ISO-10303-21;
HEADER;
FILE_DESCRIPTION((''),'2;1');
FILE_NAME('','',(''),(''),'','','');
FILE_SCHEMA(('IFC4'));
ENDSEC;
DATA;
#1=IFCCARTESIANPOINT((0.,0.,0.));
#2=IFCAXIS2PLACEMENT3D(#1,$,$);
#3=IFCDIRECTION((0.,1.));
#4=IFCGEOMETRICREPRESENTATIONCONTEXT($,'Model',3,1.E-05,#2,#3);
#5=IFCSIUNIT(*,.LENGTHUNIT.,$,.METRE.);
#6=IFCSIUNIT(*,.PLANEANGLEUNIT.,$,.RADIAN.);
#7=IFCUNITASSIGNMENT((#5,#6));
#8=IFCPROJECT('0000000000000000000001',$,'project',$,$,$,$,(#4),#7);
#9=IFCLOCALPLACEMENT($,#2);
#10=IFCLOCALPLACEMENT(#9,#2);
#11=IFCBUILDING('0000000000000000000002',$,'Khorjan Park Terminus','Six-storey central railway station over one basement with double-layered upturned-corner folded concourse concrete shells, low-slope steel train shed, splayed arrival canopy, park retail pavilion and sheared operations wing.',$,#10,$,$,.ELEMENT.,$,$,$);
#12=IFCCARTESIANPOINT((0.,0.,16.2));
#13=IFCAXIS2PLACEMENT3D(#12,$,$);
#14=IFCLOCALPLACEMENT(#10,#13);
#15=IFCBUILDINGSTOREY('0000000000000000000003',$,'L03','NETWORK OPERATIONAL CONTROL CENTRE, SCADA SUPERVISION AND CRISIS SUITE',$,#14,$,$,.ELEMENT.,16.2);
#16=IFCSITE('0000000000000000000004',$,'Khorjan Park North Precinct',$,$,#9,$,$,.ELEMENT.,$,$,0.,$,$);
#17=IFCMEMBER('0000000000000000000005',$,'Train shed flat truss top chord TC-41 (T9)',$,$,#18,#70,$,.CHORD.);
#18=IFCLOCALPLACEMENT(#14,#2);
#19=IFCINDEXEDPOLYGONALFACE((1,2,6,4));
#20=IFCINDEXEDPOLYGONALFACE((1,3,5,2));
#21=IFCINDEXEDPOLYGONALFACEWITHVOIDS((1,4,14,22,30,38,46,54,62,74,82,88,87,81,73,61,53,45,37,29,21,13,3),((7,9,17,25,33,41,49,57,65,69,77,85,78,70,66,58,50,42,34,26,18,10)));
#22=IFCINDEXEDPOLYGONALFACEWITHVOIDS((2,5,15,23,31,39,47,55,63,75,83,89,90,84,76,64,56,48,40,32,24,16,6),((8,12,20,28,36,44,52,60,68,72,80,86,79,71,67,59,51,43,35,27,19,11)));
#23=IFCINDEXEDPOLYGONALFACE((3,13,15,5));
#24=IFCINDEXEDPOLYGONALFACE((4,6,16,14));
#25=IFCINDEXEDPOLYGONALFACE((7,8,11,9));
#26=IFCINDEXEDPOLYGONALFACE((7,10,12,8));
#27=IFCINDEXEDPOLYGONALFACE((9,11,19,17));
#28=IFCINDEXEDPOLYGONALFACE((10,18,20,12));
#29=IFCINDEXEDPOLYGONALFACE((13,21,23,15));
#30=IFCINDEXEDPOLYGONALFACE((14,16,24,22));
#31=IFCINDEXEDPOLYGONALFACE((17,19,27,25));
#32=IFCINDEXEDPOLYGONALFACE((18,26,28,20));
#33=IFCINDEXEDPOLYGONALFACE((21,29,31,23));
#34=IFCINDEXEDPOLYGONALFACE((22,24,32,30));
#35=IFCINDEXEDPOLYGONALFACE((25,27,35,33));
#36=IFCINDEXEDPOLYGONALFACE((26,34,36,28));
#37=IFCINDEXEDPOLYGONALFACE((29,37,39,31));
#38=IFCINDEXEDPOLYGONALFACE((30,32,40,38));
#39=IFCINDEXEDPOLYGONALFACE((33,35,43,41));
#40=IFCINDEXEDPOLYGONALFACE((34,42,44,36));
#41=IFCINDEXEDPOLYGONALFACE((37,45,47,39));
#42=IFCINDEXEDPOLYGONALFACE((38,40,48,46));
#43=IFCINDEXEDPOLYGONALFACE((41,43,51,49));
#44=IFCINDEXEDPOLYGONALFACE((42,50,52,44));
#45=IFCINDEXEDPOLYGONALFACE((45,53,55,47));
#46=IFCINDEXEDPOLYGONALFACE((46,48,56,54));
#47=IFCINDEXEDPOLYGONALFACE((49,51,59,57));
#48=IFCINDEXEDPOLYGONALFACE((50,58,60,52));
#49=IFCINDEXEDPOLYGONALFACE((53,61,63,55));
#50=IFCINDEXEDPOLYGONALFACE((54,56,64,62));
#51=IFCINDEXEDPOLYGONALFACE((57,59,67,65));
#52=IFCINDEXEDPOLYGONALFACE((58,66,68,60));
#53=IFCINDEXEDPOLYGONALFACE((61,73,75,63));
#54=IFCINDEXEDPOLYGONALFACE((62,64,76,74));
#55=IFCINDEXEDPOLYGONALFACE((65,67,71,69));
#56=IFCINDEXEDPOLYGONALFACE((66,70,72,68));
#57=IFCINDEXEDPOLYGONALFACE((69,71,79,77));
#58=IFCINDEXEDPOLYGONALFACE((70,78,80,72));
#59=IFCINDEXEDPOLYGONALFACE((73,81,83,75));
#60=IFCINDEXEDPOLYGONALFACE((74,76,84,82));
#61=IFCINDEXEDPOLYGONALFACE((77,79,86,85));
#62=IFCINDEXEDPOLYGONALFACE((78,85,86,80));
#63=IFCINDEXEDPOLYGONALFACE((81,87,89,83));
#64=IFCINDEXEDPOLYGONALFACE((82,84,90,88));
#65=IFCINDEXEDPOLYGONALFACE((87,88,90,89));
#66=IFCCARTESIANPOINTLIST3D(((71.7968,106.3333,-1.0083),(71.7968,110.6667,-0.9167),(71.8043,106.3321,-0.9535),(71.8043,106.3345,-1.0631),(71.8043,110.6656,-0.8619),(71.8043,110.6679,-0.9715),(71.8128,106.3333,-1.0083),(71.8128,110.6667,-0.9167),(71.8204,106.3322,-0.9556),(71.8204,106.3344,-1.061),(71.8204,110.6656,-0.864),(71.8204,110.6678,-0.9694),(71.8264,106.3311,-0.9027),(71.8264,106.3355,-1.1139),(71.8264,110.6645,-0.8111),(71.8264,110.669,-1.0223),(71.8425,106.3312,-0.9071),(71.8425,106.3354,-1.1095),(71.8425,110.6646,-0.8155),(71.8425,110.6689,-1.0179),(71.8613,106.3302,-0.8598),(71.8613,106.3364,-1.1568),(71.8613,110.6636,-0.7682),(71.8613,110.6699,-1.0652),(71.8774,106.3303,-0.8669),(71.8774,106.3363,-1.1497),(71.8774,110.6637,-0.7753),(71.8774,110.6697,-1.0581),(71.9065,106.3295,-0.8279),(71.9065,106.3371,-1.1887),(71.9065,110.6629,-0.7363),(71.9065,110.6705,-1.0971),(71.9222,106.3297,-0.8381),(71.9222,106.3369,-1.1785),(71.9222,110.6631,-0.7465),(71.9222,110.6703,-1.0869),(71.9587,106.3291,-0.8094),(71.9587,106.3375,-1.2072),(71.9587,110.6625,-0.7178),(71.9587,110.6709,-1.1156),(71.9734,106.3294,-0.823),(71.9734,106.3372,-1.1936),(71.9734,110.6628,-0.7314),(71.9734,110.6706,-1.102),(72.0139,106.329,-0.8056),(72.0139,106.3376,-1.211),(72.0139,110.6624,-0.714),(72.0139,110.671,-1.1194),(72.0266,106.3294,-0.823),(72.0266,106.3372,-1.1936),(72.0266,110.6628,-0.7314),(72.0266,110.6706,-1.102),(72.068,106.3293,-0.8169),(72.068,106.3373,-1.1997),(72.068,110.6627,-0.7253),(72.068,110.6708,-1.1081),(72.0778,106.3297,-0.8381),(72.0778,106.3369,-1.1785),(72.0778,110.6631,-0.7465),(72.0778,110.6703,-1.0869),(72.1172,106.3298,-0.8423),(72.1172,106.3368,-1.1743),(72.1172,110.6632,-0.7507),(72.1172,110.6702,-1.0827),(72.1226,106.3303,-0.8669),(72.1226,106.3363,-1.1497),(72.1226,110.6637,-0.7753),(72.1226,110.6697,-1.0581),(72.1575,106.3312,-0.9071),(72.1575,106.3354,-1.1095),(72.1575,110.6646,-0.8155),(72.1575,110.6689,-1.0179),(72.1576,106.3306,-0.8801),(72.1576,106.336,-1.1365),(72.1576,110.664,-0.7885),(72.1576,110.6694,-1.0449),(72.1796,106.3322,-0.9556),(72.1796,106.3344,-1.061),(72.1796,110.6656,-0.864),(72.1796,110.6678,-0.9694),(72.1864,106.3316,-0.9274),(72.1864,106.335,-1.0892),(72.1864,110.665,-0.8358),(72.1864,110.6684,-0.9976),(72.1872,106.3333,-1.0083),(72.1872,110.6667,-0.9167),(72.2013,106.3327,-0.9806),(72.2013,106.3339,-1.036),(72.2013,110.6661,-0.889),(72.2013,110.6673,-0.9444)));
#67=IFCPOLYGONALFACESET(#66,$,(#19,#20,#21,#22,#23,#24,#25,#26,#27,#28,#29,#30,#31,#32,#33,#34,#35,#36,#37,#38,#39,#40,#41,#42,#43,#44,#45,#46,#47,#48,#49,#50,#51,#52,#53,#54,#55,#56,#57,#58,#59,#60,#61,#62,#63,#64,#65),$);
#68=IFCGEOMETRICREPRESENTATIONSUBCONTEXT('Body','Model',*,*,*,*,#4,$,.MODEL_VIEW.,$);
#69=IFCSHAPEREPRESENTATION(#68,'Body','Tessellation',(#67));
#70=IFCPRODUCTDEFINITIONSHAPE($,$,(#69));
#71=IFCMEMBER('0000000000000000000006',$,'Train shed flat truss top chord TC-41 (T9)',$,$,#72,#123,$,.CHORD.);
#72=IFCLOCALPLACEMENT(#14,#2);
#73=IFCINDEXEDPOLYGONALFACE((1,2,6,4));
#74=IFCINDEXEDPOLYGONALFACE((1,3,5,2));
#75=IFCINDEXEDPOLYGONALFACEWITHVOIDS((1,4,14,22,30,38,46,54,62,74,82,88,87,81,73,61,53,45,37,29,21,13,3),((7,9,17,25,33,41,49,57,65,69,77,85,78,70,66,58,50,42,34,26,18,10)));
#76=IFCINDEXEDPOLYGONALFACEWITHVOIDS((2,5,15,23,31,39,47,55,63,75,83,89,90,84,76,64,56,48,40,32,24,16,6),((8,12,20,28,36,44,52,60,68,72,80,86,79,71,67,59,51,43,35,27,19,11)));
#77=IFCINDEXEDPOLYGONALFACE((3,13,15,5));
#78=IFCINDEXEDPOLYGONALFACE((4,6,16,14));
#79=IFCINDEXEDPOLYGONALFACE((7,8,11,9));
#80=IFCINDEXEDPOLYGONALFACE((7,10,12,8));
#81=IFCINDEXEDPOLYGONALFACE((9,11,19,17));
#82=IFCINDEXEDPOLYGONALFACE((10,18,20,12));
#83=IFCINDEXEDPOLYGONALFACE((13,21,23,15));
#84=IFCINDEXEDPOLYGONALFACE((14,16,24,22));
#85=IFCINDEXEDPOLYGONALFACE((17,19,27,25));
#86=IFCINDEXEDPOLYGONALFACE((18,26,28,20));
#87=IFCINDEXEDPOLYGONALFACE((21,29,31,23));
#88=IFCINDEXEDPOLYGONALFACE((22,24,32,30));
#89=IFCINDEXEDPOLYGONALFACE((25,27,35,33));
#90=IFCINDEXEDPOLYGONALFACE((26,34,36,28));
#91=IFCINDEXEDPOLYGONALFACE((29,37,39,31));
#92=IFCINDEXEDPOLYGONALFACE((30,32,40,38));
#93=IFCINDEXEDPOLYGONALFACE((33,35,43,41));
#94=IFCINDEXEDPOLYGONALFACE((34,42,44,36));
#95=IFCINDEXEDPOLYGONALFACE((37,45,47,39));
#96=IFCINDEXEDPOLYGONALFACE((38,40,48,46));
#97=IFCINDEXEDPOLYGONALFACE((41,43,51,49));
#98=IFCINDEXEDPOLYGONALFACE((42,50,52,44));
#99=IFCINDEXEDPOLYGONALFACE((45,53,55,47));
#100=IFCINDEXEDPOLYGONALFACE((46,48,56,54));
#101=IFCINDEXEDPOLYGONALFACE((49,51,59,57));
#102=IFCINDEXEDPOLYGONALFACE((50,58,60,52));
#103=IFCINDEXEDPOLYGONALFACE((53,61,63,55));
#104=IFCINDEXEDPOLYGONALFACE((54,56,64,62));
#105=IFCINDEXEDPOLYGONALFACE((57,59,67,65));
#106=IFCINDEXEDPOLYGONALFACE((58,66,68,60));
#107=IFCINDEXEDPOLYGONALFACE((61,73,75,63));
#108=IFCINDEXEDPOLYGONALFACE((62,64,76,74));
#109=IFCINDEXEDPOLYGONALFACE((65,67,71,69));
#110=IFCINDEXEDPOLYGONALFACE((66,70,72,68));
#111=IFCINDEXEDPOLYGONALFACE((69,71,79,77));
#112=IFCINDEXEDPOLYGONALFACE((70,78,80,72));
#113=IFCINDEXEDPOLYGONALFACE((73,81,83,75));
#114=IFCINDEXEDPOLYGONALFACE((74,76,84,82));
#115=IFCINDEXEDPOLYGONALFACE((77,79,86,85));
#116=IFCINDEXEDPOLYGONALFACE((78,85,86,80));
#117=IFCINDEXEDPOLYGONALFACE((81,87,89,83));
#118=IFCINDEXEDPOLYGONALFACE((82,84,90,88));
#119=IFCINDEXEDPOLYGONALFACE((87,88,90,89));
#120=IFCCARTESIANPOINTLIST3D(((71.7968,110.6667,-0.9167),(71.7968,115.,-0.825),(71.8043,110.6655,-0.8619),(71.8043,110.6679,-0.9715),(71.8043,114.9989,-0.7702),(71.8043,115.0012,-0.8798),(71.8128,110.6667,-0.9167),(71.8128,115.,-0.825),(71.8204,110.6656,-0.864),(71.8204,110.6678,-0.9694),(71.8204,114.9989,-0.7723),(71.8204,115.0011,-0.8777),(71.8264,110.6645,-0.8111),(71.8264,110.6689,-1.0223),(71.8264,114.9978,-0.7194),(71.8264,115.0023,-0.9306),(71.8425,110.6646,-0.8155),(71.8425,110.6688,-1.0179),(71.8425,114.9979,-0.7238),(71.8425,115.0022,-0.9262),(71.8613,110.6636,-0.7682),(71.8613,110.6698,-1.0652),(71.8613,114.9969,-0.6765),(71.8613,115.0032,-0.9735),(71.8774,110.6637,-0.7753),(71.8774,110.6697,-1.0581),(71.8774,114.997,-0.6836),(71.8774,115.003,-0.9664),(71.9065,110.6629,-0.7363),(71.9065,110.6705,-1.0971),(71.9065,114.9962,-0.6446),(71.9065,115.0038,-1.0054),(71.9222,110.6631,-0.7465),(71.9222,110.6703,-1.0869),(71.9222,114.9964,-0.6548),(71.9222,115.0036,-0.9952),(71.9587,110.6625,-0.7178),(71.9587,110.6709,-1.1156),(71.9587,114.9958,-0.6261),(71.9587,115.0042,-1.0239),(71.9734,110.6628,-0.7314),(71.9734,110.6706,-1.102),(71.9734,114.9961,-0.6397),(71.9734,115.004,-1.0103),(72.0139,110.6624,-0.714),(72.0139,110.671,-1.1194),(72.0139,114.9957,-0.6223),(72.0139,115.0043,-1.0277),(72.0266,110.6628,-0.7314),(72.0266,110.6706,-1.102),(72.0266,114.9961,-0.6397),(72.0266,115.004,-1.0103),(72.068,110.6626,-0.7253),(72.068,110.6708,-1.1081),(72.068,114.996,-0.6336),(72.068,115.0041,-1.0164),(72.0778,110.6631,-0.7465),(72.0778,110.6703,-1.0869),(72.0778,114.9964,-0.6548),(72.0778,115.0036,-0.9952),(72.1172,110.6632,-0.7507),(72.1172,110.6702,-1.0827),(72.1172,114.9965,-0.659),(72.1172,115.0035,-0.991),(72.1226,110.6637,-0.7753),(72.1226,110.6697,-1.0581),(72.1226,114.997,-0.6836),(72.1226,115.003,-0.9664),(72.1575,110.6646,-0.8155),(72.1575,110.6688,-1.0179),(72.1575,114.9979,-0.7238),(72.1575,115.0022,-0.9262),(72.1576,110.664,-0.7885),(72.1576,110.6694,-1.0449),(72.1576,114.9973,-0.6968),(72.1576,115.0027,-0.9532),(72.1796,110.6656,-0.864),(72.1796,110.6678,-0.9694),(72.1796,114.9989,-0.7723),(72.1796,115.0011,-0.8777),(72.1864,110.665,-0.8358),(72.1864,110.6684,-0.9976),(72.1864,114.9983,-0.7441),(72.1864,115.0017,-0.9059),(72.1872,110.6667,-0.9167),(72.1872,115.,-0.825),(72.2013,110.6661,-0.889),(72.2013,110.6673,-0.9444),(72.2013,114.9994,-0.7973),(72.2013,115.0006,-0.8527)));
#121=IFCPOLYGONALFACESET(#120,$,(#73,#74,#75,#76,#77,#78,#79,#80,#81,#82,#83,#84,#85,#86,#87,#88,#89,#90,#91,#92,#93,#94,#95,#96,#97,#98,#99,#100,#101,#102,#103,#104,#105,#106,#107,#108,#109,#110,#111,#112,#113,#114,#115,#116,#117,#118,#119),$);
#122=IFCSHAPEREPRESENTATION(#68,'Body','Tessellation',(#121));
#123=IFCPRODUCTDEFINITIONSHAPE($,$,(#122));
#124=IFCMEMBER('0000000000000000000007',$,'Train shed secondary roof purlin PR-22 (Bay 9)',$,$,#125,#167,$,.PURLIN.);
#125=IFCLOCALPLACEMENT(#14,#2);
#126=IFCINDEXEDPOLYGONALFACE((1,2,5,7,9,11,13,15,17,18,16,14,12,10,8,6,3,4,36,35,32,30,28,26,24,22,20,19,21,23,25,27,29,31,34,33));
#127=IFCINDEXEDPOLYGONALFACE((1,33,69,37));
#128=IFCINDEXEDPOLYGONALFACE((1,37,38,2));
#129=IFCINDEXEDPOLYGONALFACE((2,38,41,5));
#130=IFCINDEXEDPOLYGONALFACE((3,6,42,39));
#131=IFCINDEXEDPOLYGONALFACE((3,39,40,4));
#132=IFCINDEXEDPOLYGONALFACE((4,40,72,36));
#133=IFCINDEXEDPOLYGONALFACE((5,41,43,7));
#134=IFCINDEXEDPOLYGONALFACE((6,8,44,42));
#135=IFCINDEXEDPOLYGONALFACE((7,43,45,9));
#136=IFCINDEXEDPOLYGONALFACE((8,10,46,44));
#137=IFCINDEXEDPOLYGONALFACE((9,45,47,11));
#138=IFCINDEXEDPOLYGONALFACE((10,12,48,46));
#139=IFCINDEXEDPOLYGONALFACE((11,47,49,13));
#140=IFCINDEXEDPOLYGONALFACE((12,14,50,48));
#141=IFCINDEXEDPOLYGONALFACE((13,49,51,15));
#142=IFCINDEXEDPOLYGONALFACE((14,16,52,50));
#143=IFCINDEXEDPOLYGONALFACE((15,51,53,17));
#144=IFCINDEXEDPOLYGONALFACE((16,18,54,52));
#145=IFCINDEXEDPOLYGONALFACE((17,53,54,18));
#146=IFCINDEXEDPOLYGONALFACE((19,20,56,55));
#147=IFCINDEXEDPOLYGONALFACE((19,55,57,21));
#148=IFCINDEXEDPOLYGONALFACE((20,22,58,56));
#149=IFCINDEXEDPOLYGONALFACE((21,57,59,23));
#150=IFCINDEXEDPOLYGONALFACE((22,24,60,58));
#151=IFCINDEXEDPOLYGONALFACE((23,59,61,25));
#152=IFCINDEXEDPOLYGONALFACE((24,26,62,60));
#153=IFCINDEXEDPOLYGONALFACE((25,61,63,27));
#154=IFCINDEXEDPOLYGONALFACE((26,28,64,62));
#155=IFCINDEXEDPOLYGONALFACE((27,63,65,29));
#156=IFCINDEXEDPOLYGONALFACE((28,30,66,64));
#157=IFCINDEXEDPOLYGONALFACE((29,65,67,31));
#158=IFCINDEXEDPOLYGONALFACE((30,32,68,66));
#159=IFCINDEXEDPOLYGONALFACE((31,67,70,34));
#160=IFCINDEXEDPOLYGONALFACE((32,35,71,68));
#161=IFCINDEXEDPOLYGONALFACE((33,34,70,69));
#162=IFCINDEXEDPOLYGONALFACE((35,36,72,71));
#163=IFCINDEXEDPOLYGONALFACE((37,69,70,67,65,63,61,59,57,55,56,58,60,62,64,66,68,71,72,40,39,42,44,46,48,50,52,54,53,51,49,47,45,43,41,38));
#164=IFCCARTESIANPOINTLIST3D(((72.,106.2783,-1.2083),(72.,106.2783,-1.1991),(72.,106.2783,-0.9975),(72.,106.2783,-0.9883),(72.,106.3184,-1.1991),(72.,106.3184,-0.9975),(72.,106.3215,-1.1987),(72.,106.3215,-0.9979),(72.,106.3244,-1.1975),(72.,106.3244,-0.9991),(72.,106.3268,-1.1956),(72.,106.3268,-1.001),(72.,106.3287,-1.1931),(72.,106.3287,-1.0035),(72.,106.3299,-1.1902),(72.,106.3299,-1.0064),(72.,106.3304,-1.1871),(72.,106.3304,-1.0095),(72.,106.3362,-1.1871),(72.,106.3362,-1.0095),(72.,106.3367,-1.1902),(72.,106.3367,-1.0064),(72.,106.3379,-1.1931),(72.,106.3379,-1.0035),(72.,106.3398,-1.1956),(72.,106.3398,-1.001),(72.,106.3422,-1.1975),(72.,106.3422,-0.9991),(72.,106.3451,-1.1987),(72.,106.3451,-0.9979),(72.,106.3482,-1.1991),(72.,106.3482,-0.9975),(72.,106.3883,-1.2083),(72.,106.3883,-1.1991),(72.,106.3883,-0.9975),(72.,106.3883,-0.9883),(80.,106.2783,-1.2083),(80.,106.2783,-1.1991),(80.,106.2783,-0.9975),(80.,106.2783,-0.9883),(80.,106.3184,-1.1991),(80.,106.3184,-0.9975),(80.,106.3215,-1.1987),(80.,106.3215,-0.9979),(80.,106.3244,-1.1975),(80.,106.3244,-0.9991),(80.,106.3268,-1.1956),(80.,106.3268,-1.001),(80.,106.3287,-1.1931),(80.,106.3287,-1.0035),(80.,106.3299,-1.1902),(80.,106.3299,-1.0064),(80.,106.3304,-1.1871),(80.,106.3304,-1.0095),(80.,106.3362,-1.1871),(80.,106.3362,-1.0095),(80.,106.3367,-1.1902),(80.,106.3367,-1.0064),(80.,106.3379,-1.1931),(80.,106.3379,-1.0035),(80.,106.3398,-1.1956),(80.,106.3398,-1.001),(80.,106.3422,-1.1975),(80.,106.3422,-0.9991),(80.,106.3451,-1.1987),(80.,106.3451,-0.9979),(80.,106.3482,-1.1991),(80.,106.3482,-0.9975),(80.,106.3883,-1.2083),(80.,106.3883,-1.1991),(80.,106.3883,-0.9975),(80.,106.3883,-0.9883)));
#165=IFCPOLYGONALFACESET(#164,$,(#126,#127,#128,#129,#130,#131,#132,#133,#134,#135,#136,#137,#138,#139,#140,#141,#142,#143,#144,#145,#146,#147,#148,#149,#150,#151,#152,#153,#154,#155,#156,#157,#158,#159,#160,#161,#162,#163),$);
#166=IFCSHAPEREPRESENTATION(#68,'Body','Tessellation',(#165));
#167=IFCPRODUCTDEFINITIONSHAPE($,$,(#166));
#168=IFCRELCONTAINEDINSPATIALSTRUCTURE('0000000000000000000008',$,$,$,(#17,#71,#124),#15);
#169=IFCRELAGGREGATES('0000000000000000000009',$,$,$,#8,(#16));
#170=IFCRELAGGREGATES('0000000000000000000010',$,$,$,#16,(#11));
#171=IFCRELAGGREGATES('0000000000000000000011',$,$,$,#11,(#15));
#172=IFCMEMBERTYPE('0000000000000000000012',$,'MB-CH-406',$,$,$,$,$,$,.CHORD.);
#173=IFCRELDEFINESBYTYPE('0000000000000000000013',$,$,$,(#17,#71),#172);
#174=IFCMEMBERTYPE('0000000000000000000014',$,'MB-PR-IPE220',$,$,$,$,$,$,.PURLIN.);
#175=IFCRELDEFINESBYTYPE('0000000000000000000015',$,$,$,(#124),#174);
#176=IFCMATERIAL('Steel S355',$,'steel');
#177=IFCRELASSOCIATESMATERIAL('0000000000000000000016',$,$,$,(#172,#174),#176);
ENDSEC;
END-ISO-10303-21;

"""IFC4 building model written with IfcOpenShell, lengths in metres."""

from ifc_helpers import new_model, si_unit, direction, frame, origin, origin_2d, place, context, subcontext, project, spatial, hollow_circle, i_section, extrude, material, material_profile, profile_set, type_object, element, save


model = new_model("IFC4")

# Units and contexts
model_context = context("Model", 3, precision=1e-05, world=origin(), true_north=direction((0.0, 1.0)))
body_context = subcontext(model_context, "Body", "Model", "MODEL_VIEW")
ifc_project = project(units=[si_unit("LENGTHUNIT", "METRE"), si_unit("PLANEANGLEUNIT", "RADIAN")], contexts=[model_context])

# Site, building, storey
site_placement = place(None, origin())
site = spatial("IfcSite", under=ifc_project, at=site_placement, Name="Khorjan Park North Precinct", CompositionType="ELEMENT", RefElevation=0.0)
building_placement = place(site_placement, origin())
building = spatial("IfcBuilding", under=site, at=building_placement, Name="Khorjan Park Terminus", Description="Six-storey central railway station over one basement with double-layered upturned-corner folded concourse concrete shells, low-slope steel train shed, splayed arrival canopy, park retail pavilion and sheared operations wing.", CompositionType="ELEMENT")
storey_placement = place(building_placement, frame((0.0, 0.0, 16.2)))
storey = spatial("IfcBuildingStorey", under=building, at=storey_placement, Name="L03", Description="NETWORK OPERATIONAL CONTROL CENTRE, SCADA SUPERVISION AND CRISIS SUITE", CompositionType="ELEMENT", Elevation=16.2)

# Members
ifc_material = material(Name="Steel S355", Category="steel")
ifc_material_profile_1 = material_profile(ifc_material, hollow_circle(Radius=0.2032, WallThickness=0.016, at=origin_2d()), Name="CHS 406.4x16")
ifc_profile_set_1 = profile_set([ifc_material_profile_1], Name="Steel S355")
member_type_1 = type_object("IfcMemberType", Name="MB-CH-406", PredefinedType="CHORD", material=ifc_profile_set_1)
member_1_placement = place(storey_placement, frame((72.0, 106.3333, -1.0083), z_axis=(0.0, 0.999777, 0.021133), x_axis=(-1.0, 0.0, 0.0)))
element("IfcMember", 1, at=member_1_placement, inside=storey, type_object=member_type_1, Name="Train shed flat truss top chord TC-41 (T9)", PredefinedType="CHORD", context=body_context, shape_type="SweptSolid", body=[
    extrude(hollow_circle(Radius=0.2032, WallThickness=0.016, at=origin_2d()), origin(), (0.0, 0.0, 1.0), 4.3344),
])
member_2_placement = place(storey_placement, frame((72.0, 110.6667, -0.9167), z_axis=(0.0, 0.999776, 0.021157), x_axis=(-1.0, 0.0, 0.0)))
element("IfcMember", 2, at=member_2_placement, inside=storey, type_object=member_type_1, Name="Train shed flat truss top chord TC-41 (T9)", PredefinedType="CHORD", context=body_context, shape_type="SweptSolid", body=[
    extrude(hollow_circle(Radius=0.2032, WallThickness=0.016, at=origin_2d()), origin(), (0.0, 0.0, 1.0), 4.3343),
])
ifc_material_profile_2 = material_profile(ifc_material, i_section(OverallWidth=0.11, OverallDepth=0.22, WebThickness=0.0059, FlangeThickness=0.0092, FilletRadius=0.012, at=origin_2d()), Name="IPE 220")
ifc_profile_set_2 = profile_set([ifc_material_profile_2], Name="Steel S355")
member_type_2 = type_object("IfcMemberType", Name="MB-PR-IPE220", PredefinedType="PURLIN", material=ifc_profile_set_2)
for number, where, z_axis, x_axis, name in (
    (3, (72.0, 106.3333, -1.0983), (1.0, 0.0, 0.0), (0.0, 1.0, 0.0), "Train shed secondary roof purlin PR-22 (Bay 9)"),
):
    element("IfcMember", number, at=place(storey_placement, frame(where, z_axis=z_axis, x_axis=x_axis)), inside=storey, type_object=member_type_2, Name=name, PredefinedType="PURLIN", context=body_context, shape_type="SweptSolid", body=[
        extrude(i_section(OverallWidth=0.11, OverallDepth=0.22, WebThickness=0.0059, FlangeThickness=0.0092, FilletRadius=0.012, at=origin_2d()), origin(), (0.0, 0.0, 1.0), 8.0),
    ])

save(model, "model.ifc")
